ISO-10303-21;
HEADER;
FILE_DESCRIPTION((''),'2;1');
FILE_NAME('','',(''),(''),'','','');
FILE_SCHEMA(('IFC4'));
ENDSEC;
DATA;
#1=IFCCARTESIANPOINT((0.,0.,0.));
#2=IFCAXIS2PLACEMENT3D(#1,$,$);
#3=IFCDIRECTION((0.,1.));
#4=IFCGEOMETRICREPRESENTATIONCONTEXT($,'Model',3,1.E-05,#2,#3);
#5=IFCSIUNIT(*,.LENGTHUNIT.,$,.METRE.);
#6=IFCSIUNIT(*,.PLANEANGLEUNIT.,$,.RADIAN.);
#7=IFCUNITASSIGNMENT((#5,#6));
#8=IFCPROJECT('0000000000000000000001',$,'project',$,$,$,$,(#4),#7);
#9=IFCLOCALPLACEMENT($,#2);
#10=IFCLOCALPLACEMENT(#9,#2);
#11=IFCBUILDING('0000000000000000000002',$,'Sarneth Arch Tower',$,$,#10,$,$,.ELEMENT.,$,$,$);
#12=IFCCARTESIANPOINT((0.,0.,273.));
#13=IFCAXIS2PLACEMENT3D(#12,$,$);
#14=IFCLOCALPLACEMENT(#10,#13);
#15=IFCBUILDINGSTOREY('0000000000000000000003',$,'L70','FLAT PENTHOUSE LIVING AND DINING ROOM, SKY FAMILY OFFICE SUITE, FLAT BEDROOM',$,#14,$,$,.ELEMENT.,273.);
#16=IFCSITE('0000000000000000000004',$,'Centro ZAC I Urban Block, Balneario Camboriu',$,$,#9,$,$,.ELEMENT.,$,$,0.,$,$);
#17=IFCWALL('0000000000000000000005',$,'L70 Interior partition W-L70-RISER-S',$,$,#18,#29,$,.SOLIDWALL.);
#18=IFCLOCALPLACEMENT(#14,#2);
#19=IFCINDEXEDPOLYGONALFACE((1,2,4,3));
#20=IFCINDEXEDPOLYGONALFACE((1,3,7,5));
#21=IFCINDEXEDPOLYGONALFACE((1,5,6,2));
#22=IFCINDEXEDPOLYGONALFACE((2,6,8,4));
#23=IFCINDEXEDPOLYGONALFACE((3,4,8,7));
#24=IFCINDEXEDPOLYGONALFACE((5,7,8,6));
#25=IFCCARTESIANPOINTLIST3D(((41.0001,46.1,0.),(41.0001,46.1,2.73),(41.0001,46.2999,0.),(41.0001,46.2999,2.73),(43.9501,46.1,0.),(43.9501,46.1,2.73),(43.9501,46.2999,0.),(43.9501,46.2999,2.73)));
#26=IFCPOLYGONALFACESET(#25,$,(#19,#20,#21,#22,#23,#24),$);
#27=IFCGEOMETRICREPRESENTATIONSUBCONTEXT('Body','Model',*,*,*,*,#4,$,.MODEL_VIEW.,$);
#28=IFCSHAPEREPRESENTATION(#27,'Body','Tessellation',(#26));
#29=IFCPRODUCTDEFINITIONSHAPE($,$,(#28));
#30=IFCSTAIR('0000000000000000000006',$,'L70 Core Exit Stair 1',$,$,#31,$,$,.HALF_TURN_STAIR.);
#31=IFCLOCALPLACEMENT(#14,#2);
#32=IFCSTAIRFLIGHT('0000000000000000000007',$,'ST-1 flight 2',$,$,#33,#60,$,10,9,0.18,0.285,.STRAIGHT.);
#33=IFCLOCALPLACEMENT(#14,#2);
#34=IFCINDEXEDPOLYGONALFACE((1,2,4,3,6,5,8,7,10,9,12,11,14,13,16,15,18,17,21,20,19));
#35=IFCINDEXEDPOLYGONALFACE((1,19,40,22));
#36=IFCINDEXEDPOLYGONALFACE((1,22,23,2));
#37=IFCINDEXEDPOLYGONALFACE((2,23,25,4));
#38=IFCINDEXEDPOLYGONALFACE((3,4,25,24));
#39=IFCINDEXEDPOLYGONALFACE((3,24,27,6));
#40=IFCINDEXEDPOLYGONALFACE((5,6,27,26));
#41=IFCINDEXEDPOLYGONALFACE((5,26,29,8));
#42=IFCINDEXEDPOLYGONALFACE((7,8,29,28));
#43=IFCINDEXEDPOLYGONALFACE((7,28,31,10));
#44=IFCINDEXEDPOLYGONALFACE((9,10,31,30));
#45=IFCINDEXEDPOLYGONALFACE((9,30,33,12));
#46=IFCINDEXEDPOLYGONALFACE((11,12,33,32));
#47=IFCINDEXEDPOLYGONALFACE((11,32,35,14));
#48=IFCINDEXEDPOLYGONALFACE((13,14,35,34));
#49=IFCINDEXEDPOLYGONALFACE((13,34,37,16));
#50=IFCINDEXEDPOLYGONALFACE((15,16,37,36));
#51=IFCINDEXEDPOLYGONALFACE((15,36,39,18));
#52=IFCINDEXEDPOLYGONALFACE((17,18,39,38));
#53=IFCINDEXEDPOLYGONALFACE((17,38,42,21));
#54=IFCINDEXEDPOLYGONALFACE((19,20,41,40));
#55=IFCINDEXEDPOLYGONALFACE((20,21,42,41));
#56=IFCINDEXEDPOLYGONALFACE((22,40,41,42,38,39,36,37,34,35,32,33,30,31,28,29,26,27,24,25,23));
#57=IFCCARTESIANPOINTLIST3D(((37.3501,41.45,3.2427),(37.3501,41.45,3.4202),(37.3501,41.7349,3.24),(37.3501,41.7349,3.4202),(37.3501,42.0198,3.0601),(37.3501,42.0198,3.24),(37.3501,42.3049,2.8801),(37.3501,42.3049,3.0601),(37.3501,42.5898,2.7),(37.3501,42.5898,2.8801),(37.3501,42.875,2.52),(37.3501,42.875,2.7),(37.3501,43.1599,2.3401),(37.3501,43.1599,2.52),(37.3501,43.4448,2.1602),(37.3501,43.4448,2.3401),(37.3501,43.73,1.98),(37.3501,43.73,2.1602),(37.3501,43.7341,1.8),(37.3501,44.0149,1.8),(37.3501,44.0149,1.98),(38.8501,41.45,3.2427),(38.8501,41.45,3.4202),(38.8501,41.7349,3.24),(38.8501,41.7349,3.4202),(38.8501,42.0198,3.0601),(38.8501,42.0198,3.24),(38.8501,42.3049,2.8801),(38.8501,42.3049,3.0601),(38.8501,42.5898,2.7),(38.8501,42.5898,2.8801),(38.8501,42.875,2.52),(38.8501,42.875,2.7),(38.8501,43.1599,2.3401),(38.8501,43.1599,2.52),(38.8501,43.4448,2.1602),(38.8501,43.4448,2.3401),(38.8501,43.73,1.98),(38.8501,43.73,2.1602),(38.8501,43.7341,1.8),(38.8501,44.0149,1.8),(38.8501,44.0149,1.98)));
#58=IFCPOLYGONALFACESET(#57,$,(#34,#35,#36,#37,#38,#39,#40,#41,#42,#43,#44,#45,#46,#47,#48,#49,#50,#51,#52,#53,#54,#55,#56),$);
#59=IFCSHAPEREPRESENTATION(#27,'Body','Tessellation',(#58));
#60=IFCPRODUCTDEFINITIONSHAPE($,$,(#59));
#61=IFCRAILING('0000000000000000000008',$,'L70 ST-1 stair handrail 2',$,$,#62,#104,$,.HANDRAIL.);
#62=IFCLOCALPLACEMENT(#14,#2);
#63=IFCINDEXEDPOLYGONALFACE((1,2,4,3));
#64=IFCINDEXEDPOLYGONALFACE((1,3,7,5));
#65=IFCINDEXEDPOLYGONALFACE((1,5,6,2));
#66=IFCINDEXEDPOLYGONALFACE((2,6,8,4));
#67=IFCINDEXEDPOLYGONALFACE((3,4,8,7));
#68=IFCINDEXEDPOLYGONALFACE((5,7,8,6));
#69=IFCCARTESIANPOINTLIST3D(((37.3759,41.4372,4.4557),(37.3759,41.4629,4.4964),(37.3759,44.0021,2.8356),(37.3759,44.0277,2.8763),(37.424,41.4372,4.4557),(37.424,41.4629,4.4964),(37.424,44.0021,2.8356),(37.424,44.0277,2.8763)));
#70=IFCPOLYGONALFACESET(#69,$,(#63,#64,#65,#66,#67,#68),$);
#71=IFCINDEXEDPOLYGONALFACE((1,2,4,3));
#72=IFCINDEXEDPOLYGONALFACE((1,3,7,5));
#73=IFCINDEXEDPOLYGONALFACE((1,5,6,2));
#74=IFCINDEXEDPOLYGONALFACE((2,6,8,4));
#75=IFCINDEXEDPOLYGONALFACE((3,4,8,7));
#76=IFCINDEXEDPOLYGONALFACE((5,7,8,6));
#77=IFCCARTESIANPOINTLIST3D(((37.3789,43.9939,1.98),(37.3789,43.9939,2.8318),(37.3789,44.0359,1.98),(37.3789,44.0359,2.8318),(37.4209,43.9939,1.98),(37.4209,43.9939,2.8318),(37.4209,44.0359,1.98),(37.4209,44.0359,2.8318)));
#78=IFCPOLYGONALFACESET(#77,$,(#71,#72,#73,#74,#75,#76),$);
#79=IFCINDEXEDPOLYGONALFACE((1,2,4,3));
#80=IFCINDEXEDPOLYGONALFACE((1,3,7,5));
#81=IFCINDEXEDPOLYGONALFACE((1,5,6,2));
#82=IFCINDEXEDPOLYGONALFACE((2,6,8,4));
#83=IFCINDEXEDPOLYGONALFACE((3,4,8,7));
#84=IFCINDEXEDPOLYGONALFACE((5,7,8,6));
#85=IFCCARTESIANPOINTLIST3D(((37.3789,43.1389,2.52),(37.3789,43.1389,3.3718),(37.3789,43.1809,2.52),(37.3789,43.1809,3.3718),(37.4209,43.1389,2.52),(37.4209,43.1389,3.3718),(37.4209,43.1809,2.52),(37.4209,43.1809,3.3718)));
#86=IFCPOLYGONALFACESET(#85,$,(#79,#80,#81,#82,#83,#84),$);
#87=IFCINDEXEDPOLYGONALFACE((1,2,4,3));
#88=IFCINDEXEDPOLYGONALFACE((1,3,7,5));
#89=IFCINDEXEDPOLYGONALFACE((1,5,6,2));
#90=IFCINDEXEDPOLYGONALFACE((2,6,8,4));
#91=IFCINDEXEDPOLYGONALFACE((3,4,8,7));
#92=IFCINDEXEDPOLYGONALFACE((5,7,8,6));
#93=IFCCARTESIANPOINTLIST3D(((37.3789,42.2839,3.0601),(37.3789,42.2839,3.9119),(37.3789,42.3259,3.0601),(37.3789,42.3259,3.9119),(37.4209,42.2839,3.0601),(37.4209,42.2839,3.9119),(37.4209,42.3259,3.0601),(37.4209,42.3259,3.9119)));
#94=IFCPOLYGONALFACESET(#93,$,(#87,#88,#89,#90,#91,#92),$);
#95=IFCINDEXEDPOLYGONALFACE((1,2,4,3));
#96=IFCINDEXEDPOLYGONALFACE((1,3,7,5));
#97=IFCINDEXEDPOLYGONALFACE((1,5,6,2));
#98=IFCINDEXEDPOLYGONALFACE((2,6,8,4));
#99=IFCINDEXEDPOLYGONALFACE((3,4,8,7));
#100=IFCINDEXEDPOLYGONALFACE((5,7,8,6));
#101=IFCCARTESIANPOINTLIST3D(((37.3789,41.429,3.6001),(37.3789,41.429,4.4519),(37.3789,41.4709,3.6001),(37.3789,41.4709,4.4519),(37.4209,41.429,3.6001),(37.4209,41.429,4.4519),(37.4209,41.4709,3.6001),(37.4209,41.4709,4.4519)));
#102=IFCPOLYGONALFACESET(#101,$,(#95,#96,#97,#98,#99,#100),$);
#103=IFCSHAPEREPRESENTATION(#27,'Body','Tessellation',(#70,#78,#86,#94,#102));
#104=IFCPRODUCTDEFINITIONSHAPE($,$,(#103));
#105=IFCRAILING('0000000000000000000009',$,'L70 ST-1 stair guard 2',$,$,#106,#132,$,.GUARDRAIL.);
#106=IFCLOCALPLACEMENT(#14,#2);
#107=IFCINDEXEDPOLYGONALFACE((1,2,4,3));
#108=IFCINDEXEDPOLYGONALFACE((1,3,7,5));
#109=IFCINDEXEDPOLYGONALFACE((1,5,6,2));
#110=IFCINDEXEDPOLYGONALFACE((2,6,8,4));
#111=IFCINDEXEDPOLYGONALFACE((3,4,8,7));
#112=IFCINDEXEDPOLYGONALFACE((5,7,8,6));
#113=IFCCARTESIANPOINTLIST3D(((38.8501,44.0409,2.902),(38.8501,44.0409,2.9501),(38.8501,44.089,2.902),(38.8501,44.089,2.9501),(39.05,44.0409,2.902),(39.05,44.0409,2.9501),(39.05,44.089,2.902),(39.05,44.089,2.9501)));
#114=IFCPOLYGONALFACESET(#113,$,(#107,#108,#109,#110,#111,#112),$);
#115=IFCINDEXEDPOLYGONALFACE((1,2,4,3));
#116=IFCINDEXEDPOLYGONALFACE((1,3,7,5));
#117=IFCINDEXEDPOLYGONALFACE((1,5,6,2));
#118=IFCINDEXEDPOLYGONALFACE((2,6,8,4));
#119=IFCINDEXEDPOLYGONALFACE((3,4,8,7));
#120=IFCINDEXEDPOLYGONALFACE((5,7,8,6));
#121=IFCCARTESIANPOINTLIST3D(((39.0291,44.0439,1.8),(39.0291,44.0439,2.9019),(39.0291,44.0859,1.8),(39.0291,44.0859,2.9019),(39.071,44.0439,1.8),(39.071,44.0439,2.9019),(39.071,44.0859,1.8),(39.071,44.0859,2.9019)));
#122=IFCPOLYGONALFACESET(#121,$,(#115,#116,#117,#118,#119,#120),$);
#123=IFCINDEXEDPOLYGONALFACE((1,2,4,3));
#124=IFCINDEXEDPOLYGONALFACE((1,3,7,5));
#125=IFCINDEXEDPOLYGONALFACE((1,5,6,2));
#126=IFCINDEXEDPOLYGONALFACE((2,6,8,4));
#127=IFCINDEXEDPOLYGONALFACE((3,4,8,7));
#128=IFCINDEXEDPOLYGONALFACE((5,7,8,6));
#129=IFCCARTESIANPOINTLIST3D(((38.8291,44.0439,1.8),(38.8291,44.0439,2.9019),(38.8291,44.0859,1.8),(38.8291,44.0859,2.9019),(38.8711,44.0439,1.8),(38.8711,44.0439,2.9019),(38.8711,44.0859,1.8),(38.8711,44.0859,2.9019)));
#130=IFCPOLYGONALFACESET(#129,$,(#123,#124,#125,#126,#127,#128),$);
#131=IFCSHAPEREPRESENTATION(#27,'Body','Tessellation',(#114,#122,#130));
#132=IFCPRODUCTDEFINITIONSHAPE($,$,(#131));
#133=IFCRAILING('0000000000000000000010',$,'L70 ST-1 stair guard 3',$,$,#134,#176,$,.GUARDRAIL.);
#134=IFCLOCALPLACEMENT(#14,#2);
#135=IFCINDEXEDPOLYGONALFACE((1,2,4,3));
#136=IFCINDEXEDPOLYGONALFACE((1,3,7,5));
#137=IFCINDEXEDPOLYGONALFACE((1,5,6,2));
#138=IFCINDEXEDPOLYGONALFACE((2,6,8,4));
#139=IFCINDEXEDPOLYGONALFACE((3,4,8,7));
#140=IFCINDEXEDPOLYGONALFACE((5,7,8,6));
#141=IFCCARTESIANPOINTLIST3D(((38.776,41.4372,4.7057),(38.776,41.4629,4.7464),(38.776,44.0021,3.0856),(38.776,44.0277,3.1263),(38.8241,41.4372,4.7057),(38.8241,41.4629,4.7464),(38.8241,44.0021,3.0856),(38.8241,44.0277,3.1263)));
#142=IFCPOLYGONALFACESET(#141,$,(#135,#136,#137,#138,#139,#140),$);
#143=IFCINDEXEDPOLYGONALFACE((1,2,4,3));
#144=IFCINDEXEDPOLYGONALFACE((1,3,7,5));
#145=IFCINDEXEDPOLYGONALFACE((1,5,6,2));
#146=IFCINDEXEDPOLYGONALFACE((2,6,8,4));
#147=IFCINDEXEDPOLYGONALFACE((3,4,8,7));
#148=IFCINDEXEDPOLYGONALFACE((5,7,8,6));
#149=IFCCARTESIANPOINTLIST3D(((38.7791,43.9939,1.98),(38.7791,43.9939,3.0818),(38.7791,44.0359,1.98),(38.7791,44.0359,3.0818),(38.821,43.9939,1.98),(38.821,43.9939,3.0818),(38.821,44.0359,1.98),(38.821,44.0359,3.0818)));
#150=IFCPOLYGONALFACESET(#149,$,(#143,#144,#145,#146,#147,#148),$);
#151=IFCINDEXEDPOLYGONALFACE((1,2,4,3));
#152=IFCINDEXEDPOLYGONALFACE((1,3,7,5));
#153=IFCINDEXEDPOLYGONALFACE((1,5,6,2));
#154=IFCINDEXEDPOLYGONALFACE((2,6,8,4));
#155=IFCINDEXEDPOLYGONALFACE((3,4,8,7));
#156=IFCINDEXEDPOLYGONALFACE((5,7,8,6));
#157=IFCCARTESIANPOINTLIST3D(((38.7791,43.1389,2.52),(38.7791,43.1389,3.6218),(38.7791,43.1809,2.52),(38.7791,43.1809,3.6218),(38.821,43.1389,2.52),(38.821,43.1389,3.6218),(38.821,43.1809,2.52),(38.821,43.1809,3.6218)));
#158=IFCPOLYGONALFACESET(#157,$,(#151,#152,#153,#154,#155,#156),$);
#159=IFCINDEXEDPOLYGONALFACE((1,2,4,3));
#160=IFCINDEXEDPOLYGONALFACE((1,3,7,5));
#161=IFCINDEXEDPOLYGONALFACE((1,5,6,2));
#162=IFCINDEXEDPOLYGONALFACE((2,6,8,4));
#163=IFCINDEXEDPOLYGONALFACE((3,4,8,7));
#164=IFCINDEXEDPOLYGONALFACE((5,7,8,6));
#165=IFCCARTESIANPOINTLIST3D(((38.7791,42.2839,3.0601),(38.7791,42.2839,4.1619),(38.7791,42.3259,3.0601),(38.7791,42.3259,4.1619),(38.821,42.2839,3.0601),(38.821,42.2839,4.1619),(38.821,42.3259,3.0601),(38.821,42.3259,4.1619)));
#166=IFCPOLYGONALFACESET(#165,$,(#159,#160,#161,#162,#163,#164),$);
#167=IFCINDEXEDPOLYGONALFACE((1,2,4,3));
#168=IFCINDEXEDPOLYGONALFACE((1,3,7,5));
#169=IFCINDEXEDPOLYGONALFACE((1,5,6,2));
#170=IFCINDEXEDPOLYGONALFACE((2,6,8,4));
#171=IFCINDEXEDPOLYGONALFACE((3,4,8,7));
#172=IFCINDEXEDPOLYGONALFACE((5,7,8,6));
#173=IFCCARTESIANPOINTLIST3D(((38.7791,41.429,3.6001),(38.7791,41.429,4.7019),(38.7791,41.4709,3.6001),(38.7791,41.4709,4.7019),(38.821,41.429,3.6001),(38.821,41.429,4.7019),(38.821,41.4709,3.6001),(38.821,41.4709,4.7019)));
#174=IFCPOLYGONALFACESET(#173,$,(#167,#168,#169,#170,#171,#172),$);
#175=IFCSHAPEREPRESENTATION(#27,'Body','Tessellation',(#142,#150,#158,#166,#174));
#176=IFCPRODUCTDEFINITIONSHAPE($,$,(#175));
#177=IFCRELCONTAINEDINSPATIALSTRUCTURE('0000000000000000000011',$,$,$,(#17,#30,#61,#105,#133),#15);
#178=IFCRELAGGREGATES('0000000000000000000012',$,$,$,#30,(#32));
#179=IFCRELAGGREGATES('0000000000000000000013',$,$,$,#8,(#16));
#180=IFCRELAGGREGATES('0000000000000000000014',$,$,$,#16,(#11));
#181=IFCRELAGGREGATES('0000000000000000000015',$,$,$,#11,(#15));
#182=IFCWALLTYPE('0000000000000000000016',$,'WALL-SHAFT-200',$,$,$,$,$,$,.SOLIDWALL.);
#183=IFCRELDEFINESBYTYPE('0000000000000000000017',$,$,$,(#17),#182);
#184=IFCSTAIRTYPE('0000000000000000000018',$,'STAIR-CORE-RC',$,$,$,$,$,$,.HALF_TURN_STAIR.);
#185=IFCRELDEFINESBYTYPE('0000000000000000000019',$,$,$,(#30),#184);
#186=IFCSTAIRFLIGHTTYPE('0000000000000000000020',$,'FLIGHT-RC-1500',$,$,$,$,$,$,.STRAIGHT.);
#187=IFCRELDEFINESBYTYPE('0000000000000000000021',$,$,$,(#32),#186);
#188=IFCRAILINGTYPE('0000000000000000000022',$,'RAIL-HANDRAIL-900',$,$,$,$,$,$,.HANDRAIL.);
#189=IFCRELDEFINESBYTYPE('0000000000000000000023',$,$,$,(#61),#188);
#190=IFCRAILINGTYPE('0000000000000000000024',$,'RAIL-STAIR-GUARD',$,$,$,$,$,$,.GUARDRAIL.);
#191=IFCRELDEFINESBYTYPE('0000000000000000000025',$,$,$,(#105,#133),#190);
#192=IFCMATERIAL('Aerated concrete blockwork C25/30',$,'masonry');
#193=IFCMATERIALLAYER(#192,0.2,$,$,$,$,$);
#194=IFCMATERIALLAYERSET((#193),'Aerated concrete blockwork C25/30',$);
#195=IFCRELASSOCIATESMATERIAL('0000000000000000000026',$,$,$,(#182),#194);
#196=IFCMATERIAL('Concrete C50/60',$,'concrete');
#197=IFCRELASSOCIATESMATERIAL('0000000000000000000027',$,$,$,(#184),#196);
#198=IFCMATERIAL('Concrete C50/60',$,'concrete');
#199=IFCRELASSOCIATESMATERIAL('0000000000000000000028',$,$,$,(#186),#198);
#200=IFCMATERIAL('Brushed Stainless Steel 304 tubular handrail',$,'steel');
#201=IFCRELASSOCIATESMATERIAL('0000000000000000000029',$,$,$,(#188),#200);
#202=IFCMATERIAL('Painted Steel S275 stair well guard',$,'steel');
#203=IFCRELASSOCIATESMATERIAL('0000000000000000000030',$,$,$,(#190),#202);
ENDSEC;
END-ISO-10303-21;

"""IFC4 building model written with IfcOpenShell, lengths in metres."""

from ifc_helpers import new_model, si_unit, direction, frame, frame_2d, origin, origin_2d, place, context, subcontext, project, spatial, polyline, rectangle, outline, extrude, material, layer, layer_set, type_object, element, aggregate, save


model = new_model("IFC4")

# Units and contexts
model_context = context("Model", 3, precision=1e-05, world=origin(), true_north=direction((0.0, 1.0)))
body_context = subcontext(model_context, "Body", "Model", "MODEL_VIEW")
ifc_project = project(units=[si_unit("LENGTHUNIT", "METRE"), si_unit("PLANEANGLEUNIT", "RADIAN")], contexts=[model_context])

# Site, building, storey
site_placement = place(None, origin())
site = spatial("IfcSite", under=ifc_project, at=site_placement, Name="Centro ZAC I Urban Block, Balneario Camboriu", CompositionType="ELEMENT", RefElevation=0.0)
building_placement = place(site_placement, origin())
building = spatial("IfcBuilding", under=site, at=building_placement, Name="Sarneth Arch Tower", CompositionType="ELEMENT")
storey_placement = place(building_placement, frame((0.0, 0.0, 273.0)))
storey = spatial("IfcBuildingStorey", under=building, at=storey_placement, Name="L70", Description="FLAT PENTHOUSE LIVING AND DINING ROOM, SKY FAMILY OFFICE SUITE, FLAT BEDROOM", CompositionType="ELEMENT", Elevation=273.0)

# Wall
ifc_material_1 = material(Name="Aerated concrete blockwork C25/30", Category="masonry")
ifc_layer_1 = layer(ifc_material_1, 0.2)
ifc_layer_set_1 = layer_set([ifc_layer_1], Name="Aerated concrete blockwork C25/30")
wall_type_1 = type_object("IfcWallType", Name="WALL-SHAFT-200", PredefinedType="SOLIDWALL", material=ifc_layer_set_1)
wall_1_placement = place(storey_placement, frame((41.0, 46.2, 0.0), z_axis=(0.0, 0.0, 1.0), x_axis=(1.0, 0.0, 0.0)))
element("IfcWall", 1, at=wall_1_placement, inside=storey, type_object=wall_type_1, Name="L70 Interior partition W-L70-RISER-S", PredefinedType="SOLIDWALL", context=body_context, shape_type="SweptSolid", body=[
    extrude(rectangle(XDim=2.95, YDim=0.2, at=frame_2d((1.4751, 0.0))), origin(), (0.0, 0.0, 1.0), 2.73),
])

# Stair, stair flight
ifc_material_2 = material(Name="Concrete C50/60", Category="concrete")
stair_type = type_object("IfcStairType", Name="STAIR-CORE-RC", PredefinedType="HALF_TURN_STAIR", material=ifc_material_2)
stair_placement = place(storey_placement, origin())
stair = element("IfcStair", 2, at=stair_placement, inside=storey, type_object=stair_type, Name="L70 Core Exit Stair 1", PredefinedType="HALF_TURN_STAIR")
ifc_material_3 = material(Name="Concrete C50/60", Category="concrete")
stair_flight_type = type_object("IfcStairFlightType", Name="FLIGHT-RC-1500", PredefinedType="STRAIGHT", material=ifc_material_3)
stair_flight_placement = place(storey_placement, frame((38.1001, 44.0149, 1.8), z_axis=(0.0, 0.0, 1.0), x_axis=(0.0, -1.0, 0.0)))
stair_flight = element("IfcStairFlight", 3, at=stair_flight_placement, type_object=stair_flight_type, Name="ST-1 flight 2", NumberOfRisers=10, NumberOfTreads=9, PredefinedType="STRAIGHT", RiserHeight=0.18, TreadLength=0.285, context=body_context, shape_type="SweptSolid", body=[
    extrude(outline(polyline([(0.0, 0.0), (0.0, 0.1799), (0.2849, 0.1799), (0.2849, 0.3601), (0.5701, 0.3601), (0.5701, 0.54), (0.855, 0.54), (0.855, 0.72), (1.1399, 0.72), (1.1399, 0.8999), (1.425, 0.8999), (1.425, 1.0801), (1.71, 1.0801), (1.71, 1.26), (1.9951, 1.26), (1.9951, 1.4399), (2.28, 1.4399), (2.28, 1.6201), (2.5649, 1.6201), (2.5649, 1.8), (2.5649, 1.4426), (0.2808, 0.0), (0.0, 0.0)])), frame((0.0, 0.75, 0.0), z_axis=(0.0, -1.0, 0.0), x_axis=(1.0, 0.0, 0.0)), (0.0, 0.0, 1.0), 1.5),
])
aggregate(stair, [stair_flight])

# Railings
ifc_material_4 = material(Name="Brushed Stainless Steel 304 tubular handrail", Category="steel")
railing_type_1 = type_object("IfcRailingType", Name="RAIL-HANDRAIL-900", PredefinedType="HANDRAIL", material=ifc_material_4)
railing_1_placement = place(storey_placement, frame((37.3999, 44.0149, 1.98)))
element("IfcRailing", 4, at=railing_1_placement, inside=storey, type_object=railing_type_1, Name="L70 ST-1 stair handrail 2", PredefinedType="HANDRAIL", context=body_context, shape_type="SweptSolid", body=[
    extrude(rectangle(XDim=0.0481, YDim=0.0481, at=origin_2d()), frame((0.0, 0.0, 0.876), z_axis=(0.0, -0.845466, 0.534029), x_axis=(1.0, 0.0, 0.0)), (0.0, 0.0, 1.0), 3.0337),
    extrude(rectangle(XDim=0.042, YDim=0.042, at=origin_2d()), origin(), (0.0, 0.0, 1.0), 0.8518),
    extrude(rectangle(XDim=0.042, YDim=0.042, at=origin_2d()), frame((0.0, -0.855, 0.54)), (0.0, 0.0, 1.0), 0.8518),
    extrude(rectangle(XDim=0.042, YDim=0.042, at=origin_2d()), frame((0.0, -1.71, 1.0801)), (0.0, 0.0, 1.0), 0.8518),
    extrude(rectangle(XDim=0.042, YDim=0.042, at=origin_2d()), frame((0.0, -2.5649, 1.6201)), (0.0, 0.0, 1.0), 0.8518),
])
ifc_material_5 = material(Name="Painted Steel S275 stair well guard", Category="steel")
railing_type_2 = type_object("IfcRailingType", Name="RAIL-STAIR-GUARD", PredefinedType="GUARDRAIL", material=ifc_material_5)
railing_2_placement = place(storey_placement, frame((39.05, 44.0649, 1.8)))
element("IfcRailing", 5, at=railing_2_placement, inside=storey, type_object=railing_type_2, Name="L70 ST-1 stair guard 2", PredefinedType="GUARDRAIL", context=body_context, shape_type="SweptSolid", body=[
    extrude(rectangle(XDim=0.0481, YDim=0.0481, at=origin_2d()), frame((0.0, 0.0, 1.126), z_axis=(-1.0, 0.0, 0.0), x_axis=(0.0, -1.0, 0.0)), (0.0, 0.0, 1.0), 0.2),
    extrude(rectangle(XDim=0.042, YDim=0.042, at=origin_2d()), origin(), (0.0, 0.0, 1.0), 1.1018),
    extrude(rectangle(XDim=0.042, YDim=0.042, at=origin_2d()), frame((-0.2, 0.0, 0.0)), (0.0, 0.0, 1.0), 1.1018),
])
railing_3_placement = place(storey_placement, frame((38.8, 44.0149, 1.98)))
element("IfcRailing", 6, at=railing_3_placement, inside=storey, type_object=railing_type_2, Name="L70 ST-1 stair guard 3", PredefinedType="GUARDRAIL", context=body_context, shape_type="SweptSolid", body=[
    extrude(rectangle(XDim=0.0481, YDim=0.0481, at=origin_2d()), frame((0.0, 0.0, 1.126), z_axis=(0.0, -0.845466, 0.534029), x_axis=(1.0, 0.0, 0.0)), (0.0, 0.0, 1.0), 3.0337),
    extrude(rectangle(XDim=0.042, YDim=0.042, at=origin_2d()), origin(), (0.0, 0.0, 1.0), 1.1018),
    extrude(rectangle(XDim=0.042, YDim=0.042, at=origin_2d()), frame((0.0, -0.855, 0.54)), (0.0, 0.0, 1.0), 1.1018),
    extrude(rectangle(XDim=0.042, YDim=0.042, at=origin_2d()), frame((0.0, -1.71, 1.0801)), (0.0, 0.0, 1.0), 1.1018),
    extrude(rectangle(XDim=0.042, YDim=0.042, at=origin_2d()), frame((0.0, -2.5649, 1.6201)), (0.0, 0.0, 1.0), 1.1018),
])

save(model, "model.ifc")
